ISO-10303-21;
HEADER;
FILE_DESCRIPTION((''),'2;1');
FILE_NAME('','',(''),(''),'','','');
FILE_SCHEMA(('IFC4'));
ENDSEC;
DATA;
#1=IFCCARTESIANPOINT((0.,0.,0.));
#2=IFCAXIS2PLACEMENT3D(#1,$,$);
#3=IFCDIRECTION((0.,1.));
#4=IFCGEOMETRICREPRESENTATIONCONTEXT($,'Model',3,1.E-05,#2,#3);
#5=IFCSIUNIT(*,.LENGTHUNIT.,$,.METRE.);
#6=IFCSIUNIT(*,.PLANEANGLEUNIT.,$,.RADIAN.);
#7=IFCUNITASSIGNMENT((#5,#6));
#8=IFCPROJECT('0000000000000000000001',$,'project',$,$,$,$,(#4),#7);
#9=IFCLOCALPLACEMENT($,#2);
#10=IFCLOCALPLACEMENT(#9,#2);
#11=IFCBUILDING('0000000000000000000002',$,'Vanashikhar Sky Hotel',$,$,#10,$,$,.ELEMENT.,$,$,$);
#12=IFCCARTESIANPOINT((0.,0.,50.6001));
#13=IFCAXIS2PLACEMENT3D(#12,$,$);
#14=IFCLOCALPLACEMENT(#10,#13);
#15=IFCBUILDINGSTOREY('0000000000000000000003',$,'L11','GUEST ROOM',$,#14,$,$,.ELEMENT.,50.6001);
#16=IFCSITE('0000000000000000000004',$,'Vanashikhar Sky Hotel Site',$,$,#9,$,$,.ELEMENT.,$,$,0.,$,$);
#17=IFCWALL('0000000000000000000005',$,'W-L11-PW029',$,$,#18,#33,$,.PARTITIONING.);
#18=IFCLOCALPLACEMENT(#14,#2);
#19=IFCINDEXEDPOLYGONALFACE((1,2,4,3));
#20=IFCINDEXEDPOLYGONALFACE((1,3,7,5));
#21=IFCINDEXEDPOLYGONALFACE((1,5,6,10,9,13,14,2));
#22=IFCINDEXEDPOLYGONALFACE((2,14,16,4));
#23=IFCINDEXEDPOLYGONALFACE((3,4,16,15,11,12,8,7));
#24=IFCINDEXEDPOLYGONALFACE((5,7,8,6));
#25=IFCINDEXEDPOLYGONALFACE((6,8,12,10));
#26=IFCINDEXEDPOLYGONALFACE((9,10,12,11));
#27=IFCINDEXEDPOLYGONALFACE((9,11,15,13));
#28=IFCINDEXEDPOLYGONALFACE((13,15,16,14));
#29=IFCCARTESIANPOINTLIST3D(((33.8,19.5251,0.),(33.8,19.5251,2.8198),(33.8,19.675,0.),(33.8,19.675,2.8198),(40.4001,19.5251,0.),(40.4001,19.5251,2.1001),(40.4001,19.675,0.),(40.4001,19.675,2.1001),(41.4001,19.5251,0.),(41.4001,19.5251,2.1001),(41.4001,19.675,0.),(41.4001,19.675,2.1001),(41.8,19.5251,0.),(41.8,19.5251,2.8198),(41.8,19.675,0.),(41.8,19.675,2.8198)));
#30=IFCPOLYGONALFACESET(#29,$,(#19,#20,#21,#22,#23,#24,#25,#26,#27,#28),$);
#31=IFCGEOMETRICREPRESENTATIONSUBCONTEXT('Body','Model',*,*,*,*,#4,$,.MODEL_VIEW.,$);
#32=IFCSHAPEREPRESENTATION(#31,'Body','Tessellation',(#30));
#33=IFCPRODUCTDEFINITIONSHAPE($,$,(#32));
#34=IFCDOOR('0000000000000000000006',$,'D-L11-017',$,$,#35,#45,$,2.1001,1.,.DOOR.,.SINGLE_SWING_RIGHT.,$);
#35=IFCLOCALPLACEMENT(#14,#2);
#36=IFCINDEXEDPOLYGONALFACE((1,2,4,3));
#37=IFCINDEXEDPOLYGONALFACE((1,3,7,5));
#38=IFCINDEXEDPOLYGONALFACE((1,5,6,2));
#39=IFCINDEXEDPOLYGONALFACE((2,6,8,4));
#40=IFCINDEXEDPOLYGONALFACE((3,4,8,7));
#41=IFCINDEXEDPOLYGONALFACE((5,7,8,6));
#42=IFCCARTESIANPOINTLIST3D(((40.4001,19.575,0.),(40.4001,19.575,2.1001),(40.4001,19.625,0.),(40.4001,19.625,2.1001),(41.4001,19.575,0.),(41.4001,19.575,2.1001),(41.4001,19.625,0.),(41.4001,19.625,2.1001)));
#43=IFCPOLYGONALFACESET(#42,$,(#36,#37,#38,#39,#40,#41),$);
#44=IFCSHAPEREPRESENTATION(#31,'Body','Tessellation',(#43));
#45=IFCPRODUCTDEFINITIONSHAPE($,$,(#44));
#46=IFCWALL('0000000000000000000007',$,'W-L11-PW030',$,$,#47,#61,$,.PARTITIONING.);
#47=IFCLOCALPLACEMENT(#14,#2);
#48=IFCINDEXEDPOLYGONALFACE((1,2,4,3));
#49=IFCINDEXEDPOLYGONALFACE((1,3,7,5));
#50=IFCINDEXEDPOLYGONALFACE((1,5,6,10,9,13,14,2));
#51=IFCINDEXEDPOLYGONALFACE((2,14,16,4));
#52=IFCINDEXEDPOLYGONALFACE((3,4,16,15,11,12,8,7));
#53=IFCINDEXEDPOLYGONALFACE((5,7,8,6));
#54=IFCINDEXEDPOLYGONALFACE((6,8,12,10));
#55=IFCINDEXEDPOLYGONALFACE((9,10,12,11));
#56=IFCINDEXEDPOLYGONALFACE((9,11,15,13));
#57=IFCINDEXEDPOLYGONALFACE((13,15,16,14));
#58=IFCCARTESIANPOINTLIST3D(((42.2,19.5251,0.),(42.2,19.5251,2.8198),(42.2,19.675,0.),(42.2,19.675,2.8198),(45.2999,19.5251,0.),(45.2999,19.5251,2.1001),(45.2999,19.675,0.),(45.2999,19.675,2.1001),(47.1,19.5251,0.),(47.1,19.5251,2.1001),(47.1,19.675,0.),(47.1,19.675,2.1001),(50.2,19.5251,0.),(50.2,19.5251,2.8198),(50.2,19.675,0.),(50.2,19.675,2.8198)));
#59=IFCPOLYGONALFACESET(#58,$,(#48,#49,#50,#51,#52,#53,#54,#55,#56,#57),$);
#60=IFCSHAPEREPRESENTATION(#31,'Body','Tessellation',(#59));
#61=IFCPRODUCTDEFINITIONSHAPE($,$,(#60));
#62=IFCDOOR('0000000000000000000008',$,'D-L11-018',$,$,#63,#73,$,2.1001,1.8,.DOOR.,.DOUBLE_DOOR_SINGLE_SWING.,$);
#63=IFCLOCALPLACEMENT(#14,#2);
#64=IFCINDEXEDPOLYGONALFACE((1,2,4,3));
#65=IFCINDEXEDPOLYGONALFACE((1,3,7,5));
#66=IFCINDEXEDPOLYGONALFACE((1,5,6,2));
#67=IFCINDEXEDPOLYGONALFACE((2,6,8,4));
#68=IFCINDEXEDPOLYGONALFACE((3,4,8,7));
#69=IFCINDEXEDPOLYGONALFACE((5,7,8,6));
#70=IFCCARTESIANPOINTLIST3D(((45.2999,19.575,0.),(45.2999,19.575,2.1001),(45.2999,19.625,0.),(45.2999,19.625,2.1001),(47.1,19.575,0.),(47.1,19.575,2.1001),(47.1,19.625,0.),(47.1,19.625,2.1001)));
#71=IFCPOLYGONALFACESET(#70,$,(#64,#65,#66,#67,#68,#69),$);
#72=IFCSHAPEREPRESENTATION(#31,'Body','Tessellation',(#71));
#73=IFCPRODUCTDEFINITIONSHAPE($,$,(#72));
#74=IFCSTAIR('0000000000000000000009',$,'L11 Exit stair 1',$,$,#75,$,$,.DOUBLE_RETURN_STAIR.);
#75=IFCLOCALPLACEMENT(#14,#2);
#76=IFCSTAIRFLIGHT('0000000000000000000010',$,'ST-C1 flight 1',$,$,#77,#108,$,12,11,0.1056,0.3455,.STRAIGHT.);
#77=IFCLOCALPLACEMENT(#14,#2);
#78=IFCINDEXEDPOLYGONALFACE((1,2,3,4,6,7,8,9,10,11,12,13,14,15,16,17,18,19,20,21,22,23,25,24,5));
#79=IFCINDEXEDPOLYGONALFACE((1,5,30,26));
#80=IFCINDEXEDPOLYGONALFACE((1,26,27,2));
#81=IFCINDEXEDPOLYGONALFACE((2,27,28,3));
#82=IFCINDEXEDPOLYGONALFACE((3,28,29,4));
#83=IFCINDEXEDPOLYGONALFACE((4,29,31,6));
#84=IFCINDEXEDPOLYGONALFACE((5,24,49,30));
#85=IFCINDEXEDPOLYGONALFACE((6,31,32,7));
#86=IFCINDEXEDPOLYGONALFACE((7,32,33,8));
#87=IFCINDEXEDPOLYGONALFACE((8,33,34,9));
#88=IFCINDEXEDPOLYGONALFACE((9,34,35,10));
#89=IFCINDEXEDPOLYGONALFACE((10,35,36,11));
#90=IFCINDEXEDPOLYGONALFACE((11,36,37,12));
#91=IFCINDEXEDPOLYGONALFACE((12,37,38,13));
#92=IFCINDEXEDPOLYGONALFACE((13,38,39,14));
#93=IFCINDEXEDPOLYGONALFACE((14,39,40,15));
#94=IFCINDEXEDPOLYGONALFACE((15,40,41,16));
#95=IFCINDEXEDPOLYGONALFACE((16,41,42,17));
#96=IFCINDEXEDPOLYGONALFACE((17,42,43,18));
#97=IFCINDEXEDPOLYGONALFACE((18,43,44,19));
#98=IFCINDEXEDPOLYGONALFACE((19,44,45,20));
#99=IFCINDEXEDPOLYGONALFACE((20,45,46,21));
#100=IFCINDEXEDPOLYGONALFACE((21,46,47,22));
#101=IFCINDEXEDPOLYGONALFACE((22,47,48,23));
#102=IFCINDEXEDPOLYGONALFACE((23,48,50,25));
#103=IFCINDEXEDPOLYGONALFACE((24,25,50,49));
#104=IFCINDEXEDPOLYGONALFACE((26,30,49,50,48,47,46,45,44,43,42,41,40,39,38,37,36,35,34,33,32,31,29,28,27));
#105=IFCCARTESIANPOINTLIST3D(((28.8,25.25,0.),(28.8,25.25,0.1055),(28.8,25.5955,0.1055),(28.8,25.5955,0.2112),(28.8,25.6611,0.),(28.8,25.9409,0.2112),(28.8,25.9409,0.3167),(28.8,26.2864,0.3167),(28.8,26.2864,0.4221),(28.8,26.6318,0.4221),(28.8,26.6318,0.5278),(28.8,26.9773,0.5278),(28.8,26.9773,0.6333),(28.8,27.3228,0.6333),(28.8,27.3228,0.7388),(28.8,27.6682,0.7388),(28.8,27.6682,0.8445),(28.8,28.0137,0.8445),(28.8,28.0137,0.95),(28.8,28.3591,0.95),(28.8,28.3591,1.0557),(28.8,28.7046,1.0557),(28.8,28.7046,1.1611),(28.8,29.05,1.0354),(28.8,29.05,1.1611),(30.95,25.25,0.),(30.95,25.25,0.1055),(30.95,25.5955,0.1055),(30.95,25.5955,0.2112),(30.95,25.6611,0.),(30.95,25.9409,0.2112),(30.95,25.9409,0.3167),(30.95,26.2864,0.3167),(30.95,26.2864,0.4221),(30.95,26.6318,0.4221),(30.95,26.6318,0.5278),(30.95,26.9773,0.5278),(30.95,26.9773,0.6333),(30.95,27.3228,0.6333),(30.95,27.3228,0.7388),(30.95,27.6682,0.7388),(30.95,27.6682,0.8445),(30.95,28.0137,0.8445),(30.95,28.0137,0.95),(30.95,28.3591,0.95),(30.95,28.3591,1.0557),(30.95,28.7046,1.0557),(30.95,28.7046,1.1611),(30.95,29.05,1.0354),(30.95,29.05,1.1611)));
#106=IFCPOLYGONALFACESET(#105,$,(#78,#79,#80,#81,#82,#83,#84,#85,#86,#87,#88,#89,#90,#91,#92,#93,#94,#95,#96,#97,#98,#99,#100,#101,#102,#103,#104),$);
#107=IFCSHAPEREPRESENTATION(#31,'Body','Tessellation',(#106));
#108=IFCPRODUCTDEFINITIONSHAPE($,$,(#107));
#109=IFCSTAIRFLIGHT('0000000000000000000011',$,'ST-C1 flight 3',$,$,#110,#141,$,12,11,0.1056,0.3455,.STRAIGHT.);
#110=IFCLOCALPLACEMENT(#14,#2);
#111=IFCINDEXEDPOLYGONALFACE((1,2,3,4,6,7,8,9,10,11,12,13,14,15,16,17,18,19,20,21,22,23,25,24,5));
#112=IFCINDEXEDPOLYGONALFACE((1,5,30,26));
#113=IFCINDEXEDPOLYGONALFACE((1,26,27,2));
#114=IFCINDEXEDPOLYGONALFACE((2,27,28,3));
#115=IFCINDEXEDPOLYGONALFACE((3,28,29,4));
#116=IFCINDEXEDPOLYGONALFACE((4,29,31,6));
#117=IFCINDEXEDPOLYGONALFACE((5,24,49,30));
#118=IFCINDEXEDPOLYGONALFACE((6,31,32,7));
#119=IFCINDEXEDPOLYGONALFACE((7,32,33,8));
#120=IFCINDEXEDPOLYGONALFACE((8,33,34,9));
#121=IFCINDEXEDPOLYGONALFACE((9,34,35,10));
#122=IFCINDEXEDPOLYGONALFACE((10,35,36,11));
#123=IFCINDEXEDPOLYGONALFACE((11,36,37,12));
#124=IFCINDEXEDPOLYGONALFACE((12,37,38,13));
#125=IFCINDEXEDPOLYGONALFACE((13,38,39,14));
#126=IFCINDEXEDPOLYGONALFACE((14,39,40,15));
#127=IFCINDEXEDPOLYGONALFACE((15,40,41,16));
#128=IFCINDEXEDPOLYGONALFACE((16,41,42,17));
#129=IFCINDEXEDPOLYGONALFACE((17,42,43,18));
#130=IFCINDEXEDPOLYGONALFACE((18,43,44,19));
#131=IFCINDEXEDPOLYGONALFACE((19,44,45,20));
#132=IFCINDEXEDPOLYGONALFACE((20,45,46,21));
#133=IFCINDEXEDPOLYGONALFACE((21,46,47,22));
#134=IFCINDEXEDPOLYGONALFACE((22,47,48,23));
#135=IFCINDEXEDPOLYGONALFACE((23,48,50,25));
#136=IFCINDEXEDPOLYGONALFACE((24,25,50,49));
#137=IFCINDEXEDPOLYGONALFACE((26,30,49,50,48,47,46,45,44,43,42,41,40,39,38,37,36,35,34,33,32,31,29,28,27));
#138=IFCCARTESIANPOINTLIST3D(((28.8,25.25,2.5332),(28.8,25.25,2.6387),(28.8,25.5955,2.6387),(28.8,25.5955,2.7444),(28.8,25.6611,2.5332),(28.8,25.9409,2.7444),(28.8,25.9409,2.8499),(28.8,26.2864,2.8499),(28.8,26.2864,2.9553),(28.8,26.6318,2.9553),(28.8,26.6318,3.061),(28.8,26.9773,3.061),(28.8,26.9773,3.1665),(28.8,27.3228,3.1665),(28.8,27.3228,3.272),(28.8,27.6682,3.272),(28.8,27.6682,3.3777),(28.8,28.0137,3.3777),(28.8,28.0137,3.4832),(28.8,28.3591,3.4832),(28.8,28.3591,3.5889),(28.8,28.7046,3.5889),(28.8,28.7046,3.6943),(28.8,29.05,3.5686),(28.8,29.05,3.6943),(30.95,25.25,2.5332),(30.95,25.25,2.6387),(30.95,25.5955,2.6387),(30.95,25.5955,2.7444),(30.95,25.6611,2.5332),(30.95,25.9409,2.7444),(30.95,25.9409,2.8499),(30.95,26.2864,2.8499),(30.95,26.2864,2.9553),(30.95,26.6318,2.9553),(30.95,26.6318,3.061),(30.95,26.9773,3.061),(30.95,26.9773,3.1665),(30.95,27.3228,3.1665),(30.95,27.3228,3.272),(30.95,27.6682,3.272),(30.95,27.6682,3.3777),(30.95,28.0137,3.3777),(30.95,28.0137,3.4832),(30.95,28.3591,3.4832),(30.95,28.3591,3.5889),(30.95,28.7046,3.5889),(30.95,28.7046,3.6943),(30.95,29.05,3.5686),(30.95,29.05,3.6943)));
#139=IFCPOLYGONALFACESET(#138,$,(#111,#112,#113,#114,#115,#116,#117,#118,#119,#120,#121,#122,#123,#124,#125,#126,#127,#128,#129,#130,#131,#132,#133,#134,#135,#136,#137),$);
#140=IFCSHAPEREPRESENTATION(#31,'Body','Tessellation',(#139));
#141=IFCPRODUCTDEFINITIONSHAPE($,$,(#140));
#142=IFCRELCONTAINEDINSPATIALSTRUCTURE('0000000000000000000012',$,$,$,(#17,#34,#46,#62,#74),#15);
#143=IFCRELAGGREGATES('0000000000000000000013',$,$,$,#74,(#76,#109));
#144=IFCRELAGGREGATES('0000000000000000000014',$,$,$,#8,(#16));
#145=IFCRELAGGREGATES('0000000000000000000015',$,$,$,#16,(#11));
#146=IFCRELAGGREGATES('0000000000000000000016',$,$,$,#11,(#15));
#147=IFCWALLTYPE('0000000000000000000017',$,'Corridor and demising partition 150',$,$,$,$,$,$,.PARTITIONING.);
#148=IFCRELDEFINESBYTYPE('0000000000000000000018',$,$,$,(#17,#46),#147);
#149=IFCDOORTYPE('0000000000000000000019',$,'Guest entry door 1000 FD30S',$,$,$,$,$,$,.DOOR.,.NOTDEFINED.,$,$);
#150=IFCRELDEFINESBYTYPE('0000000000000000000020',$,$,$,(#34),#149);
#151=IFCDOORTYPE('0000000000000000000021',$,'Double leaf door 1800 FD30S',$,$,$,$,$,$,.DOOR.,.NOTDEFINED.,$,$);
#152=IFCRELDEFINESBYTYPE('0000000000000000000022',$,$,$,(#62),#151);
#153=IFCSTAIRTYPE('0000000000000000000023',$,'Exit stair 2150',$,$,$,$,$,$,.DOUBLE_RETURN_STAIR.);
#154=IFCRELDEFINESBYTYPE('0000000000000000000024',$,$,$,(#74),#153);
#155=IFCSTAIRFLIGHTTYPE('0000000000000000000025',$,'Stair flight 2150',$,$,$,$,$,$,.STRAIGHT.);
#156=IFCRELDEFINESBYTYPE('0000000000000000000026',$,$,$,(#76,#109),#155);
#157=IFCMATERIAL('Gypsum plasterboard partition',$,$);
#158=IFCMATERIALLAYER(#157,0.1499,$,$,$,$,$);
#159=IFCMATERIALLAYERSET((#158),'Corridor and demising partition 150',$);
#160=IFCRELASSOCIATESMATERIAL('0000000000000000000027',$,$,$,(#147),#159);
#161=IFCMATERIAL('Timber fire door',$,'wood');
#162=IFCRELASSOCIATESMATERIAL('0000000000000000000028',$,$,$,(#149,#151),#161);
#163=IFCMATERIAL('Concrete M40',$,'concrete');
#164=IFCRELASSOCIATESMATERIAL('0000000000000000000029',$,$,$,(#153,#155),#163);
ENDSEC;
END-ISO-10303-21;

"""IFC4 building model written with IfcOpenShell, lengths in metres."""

from ifc_helpers import new_model, si_unit, direction, frame, frame_2d, origin, place, context, subcontext, project, spatial, polyline, rectangle, outline, extrude, source, transform, mapped, material, layer, layer_set, type_object, element, fill, aggregate, save


model = new_model("IFC4")

# Units and contexts
model_context = context("Model", 3, precision=1e-05, world=origin(), true_north=direction((0.0, 1.0)))
body_context = subcontext(model_context, "Body", "Model", "MODEL_VIEW")
ifc_project = project(units=[si_unit("LENGTHUNIT", "METRE"), si_unit("PLANEANGLEUNIT", "RADIAN")], contexts=[model_context])

# Site, building, storey
site_placement = place(None, origin())
site = spatial("IfcSite", under=ifc_project, at=site_placement, Name="Vanashikhar Sky Hotel Site", CompositionType="ELEMENT", RefElevation=0.0)
building_placement = place(site_placement, origin())
building = spatial("IfcBuilding", under=site, at=building_placement, Name="Vanashikhar Sky Hotel", CompositionType="ELEMENT")
storey_placement = place(building_placement, frame((0.0, 0.0, 50.6001)))
storey = spatial("IfcBuildingStorey", under=building, at=storey_placement, Name="L11", Description="GUEST ROOM", CompositionType="ELEMENT", Elevation=50.6001)

# Shared definitions
ifc_material_1 = material(Name="Concrete M40", Category="concrete")

# Walls, openings, doors
ifc_material_2 = material(Name="Gypsum plasterboard partition")
ifc_layer_1 = layer(ifc_material_2, 0.1499)
ifc_layer_set_1 = layer_set([ifc_layer_1], Name="Corridor and demising partition 150")
wall_type_1 = type_object("IfcWallType", Name="Corridor and demising partition 150", PredefinedType="PARTITIONING", material=ifc_layer_set_1)
shared_shape_1 = source(origin(), body_context, "Body", "SweptSolid", [
    extrude(rectangle(XDim=8.0, YDim=0.1499, at=frame_2d((4.0, 0.0))), origin(), (0.0, 0.0, 1.0), 2.8198),
])
wall_1_placement = place(storey_placement, frame((33.8, 19.6001, 0.0), z_axis=(0.0, 0.0, 1.0), x_axis=(1.0, 0.0, 0.0)))
wall_1 = element("IfcWall", 1, at=wall_1_placement, inside=storey, type_object=wall_type_1, Name="W-L11-PW029", PredefinedType="PARTITIONING", context=body_context, shape_type="MappedRepresentation", body=[
    mapped(shared_shape_1, transform((0.0, 0.0, 0.0), scale=1.0)),
])
shared_shape_2 = source(origin(), body_context, "Body", "SweptSolid", [
    extrude(rectangle(XDim=1.0, YDim=2.1001, at=frame_2d((0.5, 1.05))), frame((0.0, 0.085, 0.0), z_axis=(0.0, -1.0, 0.0), x_axis=(1.0, 0.0, 0.0)), (0.0, 0.0, 1.0), 0.1699),
])
opening_1_placement = place(wall_1_placement, frame((6.6001, 0.0, 0.0)))
opening_1 = element("IfcOpeningElement", 2, at=opening_1_placement, cuts=wall_1, PredefinedType="OPENING", context=body_context, shape_type="MappedRepresentation", body=[
    mapped(shared_shape_2, transform((0.0, 0.0, 0.0), scale=1.0)),
])
ifc_material_3 = material(Name="Timber fire door", Category="wood")
door_type_1 = type_object("IfcDoorType", Name="Guest entry door 1000 FD30S", OperationType="NOTDEFINED", PredefinedType="DOOR", material=ifc_material_3)
shared_shape_3 = source(origin(), body_context, "Body", "SweptSolid", [
    extrude(rectangle(XDim=1.0, YDim=2.1001, at=frame_2d((0.5, 1.05))), frame((0.0, 0.0249, 0.0), z_axis=(0.0, -1.0, 0.0), x_axis=(1.0, 0.0, 0.0)), (0.0, 0.0, 1.0), 0.05),
])
door_1_placement = place(opening_1_placement, origin())
door_1 = element("IfcDoor", 3, at=door_1_placement, inside=storey, type_object=door_type_1, Name="D-L11-017", OperationType="SINGLE_SWING_RIGHT", OverallHeight=2.1001, OverallWidth=1.0, PredefinedType="DOOR", context=body_context, shape_type="MappedRepresentation", body=[
    mapped(shared_shape_3, transform((0.0, 0.0, 0.0), scale=1.0)),
])
fill(opening_1, door_1)
wall_2_placement = place(storey_placement, frame((42.2, 19.6001, 0.0), z_axis=(0.0, 0.0, 1.0), x_axis=(1.0, 0.0, 0.0)))
wall_2 = element("IfcWall", 4, at=wall_2_placement, inside=storey, type_object=wall_type_1, Name="W-L11-PW030", PredefinedType="PARTITIONING", context=body_context, shape_type="MappedRepresentation", body=[
    mapped(shared_shape_1, transform((0.0, 0.0, 0.0), scale=1.0)),
])
shared_shape_4 = source(origin(), body_context, "Body", "SweptSolid", [
    extrude(rectangle(XDim=1.8, YDim=2.1001, at=frame_2d((0.8999, 1.05))), frame((0.0, 0.085, 0.0), z_axis=(0.0, -1.0, 0.0), x_axis=(1.0, 0.0, 0.0)), (0.0, 0.0, 1.0), 0.1699),
])
opening_2_placement = place(wall_2_placement, frame((3.1001, 0.0, 0.0)))
opening_2 = element("IfcOpeningElement", 5, at=opening_2_placement, cuts=wall_2, PredefinedType="OPENING", context=body_context, shape_type="MappedRepresentation", body=[
    mapped(shared_shape_4, transform((0.0, 0.0, 0.0), scale=1.0)),
])
door_type_2 = type_object("IfcDoorType", Name="Double leaf door 1800 FD30S", OperationType="NOTDEFINED", PredefinedType="DOOR", material=ifc_material_3)
shared_shape_5 = source(origin(), body_context, "Body", "SweptSolid", [
    extrude(rectangle(XDim=1.8, YDim=2.1001, at=frame_2d((0.8999, 1.05))), frame((0.0, 0.0249, 0.0), z_axis=(0.0, -1.0, 0.0), x_axis=(1.0, 0.0, 0.0)), (0.0, 0.0, 1.0), 0.05),
])
door_2_placement = place(opening_2_placement, origin())
door_2 = element("IfcDoor", 6, at=door_2_placement, inside=storey, type_object=door_type_2, Name="D-L11-018", OperationType="DOUBLE_DOOR_SINGLE_SWING", OverallHeight=2.1001, OverallWidth=1.8, PredefinedType="DOOR", context=body_context, shape_type="MappedRepresentation", body=[
    mapped(shared_shape_5, transform((0.0, 0.0, 0.0), scale=1.0)),
])
fill(opening_2, door_2)

# Stair, stair flights
stair_type = type_object("IfcStairType", Name="Exit stair 2150", PredefinedType="DOUBLE_RETURN_STAIR", material=ifc_material_1)
stair_placement = place(storey_placement, origin())
stair = element("IfcStair", 7, at=stair_placement, inside=storey, type_object=stair_type, Name="L11 Exit stair 1", PredefinedType="DOUBLE_RETURN_STAIR")
stair_flight_type = type_object("IfcStairFlightType", Name="Stair flight 2150", PredefinedType="STRAIGHT", material=ifc_material_1)
shared_shape_6 = source(origin(), body_context, "Body", "SweptSolid", [
    extrude(outline(polyline([(0.0, 0.0), (0.0, 0.1055), (0.3455, 0.1055), (0.3455, 0.2112), (0.6909, 0.2112), (0.6909, 0.3167), (1.0364, 0.3167), (1.0364, 0.4221), (1.3818, 0.4221), (1.3818, 0.5278), (1.7273, 0.5278), (1.7273, 0.6333), (2.0728, 0.6333), (2.0728, 0.7388), (2.4182, 0.7388), (2.4182, 0.8445), (2.7637, 0.8445), (2.7637, 0.95), (3.1091, 0.95), (3.1091, 1.0557), (3.4546, 1.0557), (3.4546, 1.1611), (3.8, 1.1611), (3.8, 1.2666), (3.8, 1.0354), (0.4111, 0.0), (0.0, 0.0)])), frame((0.0, 1.075, 0.0), z_axis=(0.0, -1.0, 0.0), x_axis=(1.0, 0.0, 0.0)), (0.0, 0.0, 1.0), 2.1499),
])
stair_flight_1_placement = place(storey_placement, frame((29.875, 25.25, 0.0), z_axis=(0.0, 0.0, 1.0), x_axis=(0.0, 1.0, 0.0)))
stair_flight_1 = element("IfcStairFlight", 8, at=stair_flight_1_placement, type_object=stair_flight_type, Name="ST-C1 flight 1", NumberOfRisers=12, NumberOfTreads=11, PredefinedType="STRAIGHT", RiserHeight=0.1056, TreadLength=0.3455, context=body_context, shape_type="MappedRepresentation", body=[
    mapped(shared_shape_6, transform((0.0, 0.0, 0.0), scale=1.0)),
])
stair_flight_2_placement = place(storey_placement, frame((29.875, 25.25, 2.5332), z_axis=(0.0, 0.0, 1.0), x_axis=(0.0, 1.0, 0.0)))
stair_flight_2 = element("IfcStairFlight", 9, at=stair_flight_2_placement, type_object=stair_flight_type, Name="ST-C1 flight 3", NumberOfRisers=12, NumberOfTreads=11, PredefinedType="STRAIGHT", RiserHeight=0.1056, TreadLength=0.3455, context=body_context, shape_type="MappedRepresentation", body=[
    mapped(shared_shape_6, transform((0.0, 0.0, 0.0), scale=1.0)),
])
aggregate(stair, [stair_flight_1, stair_flight_2])

save(model, "model.ifc")
